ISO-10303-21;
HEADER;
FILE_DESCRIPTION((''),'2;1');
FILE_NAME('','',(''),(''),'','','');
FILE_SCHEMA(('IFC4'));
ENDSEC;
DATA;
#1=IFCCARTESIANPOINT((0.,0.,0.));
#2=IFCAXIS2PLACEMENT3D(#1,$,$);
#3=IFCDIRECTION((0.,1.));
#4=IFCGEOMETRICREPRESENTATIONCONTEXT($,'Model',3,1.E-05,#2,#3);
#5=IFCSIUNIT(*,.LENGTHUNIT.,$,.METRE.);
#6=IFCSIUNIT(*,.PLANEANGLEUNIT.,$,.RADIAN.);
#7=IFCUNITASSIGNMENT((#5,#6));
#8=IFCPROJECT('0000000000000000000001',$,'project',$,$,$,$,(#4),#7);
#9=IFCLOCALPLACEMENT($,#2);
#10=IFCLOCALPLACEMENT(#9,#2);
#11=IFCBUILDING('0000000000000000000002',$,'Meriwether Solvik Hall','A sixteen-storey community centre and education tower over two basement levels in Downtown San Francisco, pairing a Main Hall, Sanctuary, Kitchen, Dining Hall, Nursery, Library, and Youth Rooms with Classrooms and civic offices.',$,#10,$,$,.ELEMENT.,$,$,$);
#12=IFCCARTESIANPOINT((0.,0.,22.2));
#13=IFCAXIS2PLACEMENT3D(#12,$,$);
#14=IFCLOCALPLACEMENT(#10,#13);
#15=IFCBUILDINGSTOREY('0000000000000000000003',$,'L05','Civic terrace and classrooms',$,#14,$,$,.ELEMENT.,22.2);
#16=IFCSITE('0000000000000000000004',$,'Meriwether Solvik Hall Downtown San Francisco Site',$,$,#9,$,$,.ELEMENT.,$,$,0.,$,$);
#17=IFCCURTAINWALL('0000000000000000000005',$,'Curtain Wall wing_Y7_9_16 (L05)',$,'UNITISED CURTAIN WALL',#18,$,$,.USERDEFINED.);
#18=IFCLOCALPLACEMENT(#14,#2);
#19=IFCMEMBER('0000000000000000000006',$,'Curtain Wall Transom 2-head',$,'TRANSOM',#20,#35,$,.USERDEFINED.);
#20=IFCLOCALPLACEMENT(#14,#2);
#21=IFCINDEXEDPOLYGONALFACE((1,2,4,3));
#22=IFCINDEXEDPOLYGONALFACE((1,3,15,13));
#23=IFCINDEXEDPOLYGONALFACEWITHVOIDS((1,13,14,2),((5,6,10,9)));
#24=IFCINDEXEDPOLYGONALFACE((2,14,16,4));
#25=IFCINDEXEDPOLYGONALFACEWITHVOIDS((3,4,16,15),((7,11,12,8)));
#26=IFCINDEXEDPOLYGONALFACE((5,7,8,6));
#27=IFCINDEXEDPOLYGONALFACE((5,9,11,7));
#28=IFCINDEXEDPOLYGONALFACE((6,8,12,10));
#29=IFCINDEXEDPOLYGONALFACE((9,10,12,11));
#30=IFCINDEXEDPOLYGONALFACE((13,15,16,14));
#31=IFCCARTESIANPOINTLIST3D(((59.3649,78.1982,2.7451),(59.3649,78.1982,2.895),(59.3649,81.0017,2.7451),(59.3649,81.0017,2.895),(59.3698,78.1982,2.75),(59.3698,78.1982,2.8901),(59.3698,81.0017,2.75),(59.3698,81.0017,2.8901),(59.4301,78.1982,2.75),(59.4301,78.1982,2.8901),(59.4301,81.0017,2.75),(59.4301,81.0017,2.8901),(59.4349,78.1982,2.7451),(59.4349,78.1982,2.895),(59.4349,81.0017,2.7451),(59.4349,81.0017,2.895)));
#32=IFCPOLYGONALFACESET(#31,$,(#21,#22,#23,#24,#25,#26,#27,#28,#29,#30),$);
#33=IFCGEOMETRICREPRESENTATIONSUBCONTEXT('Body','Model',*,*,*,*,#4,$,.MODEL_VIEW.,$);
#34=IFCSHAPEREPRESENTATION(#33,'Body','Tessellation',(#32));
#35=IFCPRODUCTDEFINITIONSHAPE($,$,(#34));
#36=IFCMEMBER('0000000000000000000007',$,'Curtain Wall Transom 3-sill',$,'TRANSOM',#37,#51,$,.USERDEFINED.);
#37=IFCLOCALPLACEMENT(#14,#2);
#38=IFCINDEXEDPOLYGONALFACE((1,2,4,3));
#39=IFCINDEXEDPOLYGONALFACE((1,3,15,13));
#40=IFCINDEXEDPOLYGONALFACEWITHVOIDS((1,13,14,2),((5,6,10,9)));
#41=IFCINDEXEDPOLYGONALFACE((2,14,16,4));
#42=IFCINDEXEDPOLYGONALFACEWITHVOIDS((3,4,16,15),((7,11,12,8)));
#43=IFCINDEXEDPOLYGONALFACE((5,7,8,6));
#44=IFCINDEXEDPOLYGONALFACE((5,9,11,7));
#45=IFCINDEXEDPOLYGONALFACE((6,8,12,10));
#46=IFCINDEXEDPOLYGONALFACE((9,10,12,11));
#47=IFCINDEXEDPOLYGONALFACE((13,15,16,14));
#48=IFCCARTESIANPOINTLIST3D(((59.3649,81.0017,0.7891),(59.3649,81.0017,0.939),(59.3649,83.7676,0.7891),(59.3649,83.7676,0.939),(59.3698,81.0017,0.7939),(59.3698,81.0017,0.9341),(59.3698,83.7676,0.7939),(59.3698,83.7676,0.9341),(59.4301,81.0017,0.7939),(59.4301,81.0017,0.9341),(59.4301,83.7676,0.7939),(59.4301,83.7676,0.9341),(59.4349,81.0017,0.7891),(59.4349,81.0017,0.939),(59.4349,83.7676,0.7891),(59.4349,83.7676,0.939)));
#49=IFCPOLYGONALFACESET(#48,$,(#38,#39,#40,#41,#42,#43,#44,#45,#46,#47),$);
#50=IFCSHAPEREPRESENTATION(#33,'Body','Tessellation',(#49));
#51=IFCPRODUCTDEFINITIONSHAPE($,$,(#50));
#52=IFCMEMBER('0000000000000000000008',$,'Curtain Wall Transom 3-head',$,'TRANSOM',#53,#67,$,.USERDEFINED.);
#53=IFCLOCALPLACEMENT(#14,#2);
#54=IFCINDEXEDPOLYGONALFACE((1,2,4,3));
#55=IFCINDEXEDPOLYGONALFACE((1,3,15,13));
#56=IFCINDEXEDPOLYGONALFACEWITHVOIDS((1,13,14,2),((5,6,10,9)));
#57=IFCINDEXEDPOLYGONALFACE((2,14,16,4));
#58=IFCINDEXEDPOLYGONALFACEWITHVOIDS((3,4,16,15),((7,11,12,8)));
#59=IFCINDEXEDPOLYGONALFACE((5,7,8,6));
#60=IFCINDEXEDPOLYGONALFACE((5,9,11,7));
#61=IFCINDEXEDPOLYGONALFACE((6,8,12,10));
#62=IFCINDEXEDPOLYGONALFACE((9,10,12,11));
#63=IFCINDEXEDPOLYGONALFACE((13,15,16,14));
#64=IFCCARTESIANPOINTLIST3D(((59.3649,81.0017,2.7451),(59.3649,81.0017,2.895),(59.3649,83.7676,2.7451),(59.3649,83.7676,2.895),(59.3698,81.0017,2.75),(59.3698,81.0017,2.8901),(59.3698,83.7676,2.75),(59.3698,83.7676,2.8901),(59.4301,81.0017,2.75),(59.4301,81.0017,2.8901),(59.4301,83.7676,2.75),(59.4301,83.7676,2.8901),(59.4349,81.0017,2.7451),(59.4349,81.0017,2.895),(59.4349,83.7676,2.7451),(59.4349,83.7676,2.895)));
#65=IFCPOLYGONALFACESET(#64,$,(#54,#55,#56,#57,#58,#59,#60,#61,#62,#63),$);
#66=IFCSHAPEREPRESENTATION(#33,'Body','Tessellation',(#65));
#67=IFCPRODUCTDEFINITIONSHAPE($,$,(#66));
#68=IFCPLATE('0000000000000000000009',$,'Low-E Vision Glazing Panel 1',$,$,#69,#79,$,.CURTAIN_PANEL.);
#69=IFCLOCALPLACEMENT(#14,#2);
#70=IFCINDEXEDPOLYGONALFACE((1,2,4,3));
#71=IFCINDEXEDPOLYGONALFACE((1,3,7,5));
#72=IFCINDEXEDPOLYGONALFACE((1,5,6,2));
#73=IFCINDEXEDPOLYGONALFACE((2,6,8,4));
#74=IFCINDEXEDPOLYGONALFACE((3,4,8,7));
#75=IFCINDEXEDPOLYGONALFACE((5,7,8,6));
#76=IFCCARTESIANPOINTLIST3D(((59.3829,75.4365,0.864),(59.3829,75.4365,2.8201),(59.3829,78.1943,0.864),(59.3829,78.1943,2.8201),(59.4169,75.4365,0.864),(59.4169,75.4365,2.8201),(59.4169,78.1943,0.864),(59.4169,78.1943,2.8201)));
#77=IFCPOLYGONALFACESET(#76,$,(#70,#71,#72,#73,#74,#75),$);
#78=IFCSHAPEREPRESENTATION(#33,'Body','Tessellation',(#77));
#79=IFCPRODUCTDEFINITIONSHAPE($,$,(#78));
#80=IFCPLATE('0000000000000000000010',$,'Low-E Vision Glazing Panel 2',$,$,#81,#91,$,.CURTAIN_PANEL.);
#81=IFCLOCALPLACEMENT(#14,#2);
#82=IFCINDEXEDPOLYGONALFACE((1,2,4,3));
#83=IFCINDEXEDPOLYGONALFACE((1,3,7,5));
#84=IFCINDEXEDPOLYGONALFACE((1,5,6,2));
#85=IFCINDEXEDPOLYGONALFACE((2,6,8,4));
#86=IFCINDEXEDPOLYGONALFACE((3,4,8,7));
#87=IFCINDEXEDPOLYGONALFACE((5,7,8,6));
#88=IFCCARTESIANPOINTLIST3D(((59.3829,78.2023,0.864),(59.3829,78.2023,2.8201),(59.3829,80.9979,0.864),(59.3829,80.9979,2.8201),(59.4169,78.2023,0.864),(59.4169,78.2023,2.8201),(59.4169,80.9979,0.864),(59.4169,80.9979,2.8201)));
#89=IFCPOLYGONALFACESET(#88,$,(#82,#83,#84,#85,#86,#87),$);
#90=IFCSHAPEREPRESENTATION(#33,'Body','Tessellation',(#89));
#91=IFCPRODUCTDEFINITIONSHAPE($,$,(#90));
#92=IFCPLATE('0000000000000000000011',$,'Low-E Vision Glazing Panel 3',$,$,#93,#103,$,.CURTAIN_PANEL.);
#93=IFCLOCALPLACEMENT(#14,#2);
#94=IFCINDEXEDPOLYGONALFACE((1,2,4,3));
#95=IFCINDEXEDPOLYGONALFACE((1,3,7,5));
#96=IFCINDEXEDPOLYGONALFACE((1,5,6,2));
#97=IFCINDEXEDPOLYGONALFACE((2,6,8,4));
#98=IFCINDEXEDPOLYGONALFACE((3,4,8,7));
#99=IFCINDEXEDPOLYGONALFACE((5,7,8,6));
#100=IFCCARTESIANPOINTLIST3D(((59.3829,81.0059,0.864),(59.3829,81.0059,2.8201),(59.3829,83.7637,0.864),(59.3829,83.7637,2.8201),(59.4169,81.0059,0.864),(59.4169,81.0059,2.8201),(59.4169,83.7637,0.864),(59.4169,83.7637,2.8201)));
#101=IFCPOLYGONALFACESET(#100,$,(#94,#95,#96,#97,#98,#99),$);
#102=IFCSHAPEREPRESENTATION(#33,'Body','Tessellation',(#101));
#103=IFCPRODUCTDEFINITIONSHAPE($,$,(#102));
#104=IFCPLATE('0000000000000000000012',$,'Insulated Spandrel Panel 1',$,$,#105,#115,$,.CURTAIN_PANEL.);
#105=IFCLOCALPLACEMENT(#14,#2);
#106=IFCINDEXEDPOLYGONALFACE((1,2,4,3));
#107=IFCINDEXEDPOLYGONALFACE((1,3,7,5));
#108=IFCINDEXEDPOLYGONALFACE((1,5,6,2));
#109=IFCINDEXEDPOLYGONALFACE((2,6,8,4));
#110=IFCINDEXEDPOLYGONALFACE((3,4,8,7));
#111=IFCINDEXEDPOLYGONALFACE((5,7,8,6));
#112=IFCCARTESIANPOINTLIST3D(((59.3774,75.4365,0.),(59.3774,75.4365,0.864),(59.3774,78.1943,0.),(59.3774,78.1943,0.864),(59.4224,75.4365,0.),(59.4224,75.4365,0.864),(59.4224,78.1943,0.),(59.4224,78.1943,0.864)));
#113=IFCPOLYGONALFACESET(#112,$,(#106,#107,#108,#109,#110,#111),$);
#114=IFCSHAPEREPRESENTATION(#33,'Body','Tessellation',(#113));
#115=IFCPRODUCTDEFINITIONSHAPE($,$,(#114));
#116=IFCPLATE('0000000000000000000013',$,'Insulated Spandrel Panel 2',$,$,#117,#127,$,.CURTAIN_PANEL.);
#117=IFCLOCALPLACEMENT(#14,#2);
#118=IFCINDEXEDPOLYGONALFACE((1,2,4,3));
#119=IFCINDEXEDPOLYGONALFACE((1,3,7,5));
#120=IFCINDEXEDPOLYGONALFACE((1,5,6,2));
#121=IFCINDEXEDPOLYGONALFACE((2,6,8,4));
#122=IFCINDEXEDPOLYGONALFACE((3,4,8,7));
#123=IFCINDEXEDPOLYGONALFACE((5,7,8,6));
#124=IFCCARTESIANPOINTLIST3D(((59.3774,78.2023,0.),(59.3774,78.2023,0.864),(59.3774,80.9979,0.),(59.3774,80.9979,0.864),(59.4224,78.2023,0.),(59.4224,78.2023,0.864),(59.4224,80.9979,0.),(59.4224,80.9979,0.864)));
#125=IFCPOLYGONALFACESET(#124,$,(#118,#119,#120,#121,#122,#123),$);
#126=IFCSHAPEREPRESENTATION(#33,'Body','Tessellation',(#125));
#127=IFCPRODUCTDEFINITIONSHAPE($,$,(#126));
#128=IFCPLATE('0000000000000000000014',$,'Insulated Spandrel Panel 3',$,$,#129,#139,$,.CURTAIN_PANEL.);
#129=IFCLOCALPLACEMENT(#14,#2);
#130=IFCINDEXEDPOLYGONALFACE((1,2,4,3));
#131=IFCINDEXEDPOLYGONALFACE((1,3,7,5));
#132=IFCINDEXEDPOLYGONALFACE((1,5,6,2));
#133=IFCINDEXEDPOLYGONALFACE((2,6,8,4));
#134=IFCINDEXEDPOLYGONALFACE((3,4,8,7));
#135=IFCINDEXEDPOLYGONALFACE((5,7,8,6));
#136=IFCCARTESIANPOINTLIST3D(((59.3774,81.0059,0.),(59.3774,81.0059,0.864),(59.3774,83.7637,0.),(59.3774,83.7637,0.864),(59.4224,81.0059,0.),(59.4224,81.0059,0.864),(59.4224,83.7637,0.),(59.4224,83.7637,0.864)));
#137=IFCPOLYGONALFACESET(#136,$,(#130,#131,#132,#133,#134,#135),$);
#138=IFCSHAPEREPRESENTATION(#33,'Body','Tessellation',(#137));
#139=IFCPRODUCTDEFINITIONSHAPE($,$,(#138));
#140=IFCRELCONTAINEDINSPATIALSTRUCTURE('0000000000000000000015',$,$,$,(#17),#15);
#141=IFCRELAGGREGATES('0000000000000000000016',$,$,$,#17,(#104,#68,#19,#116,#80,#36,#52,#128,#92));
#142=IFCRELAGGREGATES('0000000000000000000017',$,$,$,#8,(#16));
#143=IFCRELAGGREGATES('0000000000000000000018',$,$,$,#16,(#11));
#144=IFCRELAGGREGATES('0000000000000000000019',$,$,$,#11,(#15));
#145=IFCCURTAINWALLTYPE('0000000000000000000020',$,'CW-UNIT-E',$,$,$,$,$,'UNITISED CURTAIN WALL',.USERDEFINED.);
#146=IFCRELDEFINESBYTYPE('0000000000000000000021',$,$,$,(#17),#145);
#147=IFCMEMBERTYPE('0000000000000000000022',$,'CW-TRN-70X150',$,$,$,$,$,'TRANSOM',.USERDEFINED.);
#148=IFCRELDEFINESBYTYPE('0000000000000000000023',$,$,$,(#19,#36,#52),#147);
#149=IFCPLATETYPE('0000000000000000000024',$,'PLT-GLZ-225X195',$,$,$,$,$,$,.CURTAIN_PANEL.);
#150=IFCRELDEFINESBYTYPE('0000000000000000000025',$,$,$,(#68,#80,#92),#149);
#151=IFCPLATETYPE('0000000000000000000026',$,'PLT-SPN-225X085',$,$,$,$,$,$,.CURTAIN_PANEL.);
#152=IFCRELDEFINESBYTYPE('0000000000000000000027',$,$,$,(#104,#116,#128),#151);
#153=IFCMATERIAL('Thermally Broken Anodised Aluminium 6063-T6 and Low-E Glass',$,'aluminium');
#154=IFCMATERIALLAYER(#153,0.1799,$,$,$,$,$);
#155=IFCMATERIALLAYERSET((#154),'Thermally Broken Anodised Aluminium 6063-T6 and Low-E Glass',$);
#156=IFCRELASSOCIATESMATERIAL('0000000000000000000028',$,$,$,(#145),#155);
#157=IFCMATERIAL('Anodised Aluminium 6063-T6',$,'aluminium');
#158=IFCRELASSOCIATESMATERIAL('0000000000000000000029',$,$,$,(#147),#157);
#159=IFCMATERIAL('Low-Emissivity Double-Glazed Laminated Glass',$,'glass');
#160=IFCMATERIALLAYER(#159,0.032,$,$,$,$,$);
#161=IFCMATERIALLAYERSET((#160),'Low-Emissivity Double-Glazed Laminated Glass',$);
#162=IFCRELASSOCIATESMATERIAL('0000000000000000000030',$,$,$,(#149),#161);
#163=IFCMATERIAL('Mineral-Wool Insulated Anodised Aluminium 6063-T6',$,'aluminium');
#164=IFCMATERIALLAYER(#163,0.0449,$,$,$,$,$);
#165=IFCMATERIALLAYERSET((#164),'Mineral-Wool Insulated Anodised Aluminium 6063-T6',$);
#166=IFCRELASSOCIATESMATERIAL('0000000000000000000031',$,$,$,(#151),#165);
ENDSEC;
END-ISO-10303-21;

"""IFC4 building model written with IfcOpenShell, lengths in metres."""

from ifc_helpers import new_model, si_unit, direction, frame, origin, origin_2d, place, context, subcontext, project, spatial, rectangle, hollow_rectangle, extrude, material, layer, layer_set, material_profile, profile_set, type_object, element, aggregate, save


model = new_model("IFC4")

# Units and contexts
model_context = context("Model", 3, precision=1e-05, world=origin(), true_north=direction((0.0, 1.0)))
body_context = subcontext(model_context, "Body", "Model", "MODEL_VIEW")
ifc_project = project(units=[si_unit("LENGTHUNIT", "METRE"), si_unit("PLANEANGLEUNIT", "RADIAN")], contexts=[model_context])

# Site, building, storey
site_placement = place(None, origin())
site = spatial("IfcSite", under=ifc_project, at=site_placement, Name="Meriwether Solvik Hall Downtown San Francisco Site", CompositionType="ELEMENT", RefElevation=0.0)
building_placement = place(site_placement, origin())
building = spatial("IfcBuilding", under=site, at=building_placement, Name="Meriwether Solvik Hall", Description="A sixteen-storey community centre and education tower over two basement levels in Downtown San Francisco, pairing a Main Hall, Sanctuary, Kitchen, Dining Hall, Nursery, Library, and Youth Rooms with Classrooms and civic offices.", CompositionType="ELEMENT")
storey_placement = place(building_placement, frame((0.0, 0.0, 22.2)))
storey = spatial("IfcBuildingStorey", under=building, at=storey_placement, Name="L05", Description="Civic terrace and classrooms", CompositionType="ELEMENT", Elevation=22.2)

# Curtain wall, members, plates
ifc_material_1 = material(Name="Thermally Broken Anodised Aluminium 6063-T6 and Low-E Glass", Category="aluminium")
ifc_layer_1 = layer(ifc_material_1, 0.1799)
ifc_layer_set_1 = layer_set([ifc_layer_1], Name="Thermally Broken Anodised Aluminium 6063-T6 and Low-E Glass")
curtain_wall_type = type_object("IfcCurtainWallType", Name="CW-UNIT-E", ElementType="UNITISED CURTAIN WALL", PredefinedType="USERDEFINED", material=ifc_layer_set_1)
curtain_wall_placement = place(storey_placement, origin())
curtain_wall = element("IfcCurtainWall", 1, at=curtain_wall_placement, inside=storey, type_object=curtain_wall_type, Name="Curtain Wall wing_Y7_9_16 (L05)", ObjectType="UNITISED CURTAIN WALL", PredefinedType="USERDEFINED")
ifc_material_2 = material(Name="Anodised Aluminium 6063-T6", Category="aluminium")
ifc_material_profile_1 = material_profile(ifc_material_2, hollow_rectangle(XDim=0.0701, YDim=0.1499, WallThickness=0.0049, at=origin_2d()), Name="CWT-70X150")
ifc_profile_set_1 = profile_set([ifc_material_profile_1], Name="Anodised Aluminium 6063-T6")
member_type_1 = type_object("IfcMemberType", Name="CW-TRN-70X150", ElementType="TRANSOM", PredefinedType="USERDEFINED", material=ifc_profile_set_1)
member_1_placement = place(storey_placement, frame((59.3999, 78.1982, 2.8201), z_axis=(0.0, 1.0, 0.0), x_axis=(-1.0, 0.0, 0.0)))
member_1 = element("IfcMember", 2, at=member_1_placement, type_object=member_type_1, Name="Curtain Wall Transom 2-head", ObjectType="TRANSOM", PredefinedType="USERDEFINED", context=body_context, shape_type="SweptSolid", body=[
    extrude(hollow_rectangle(XDim=0.0701, YDim=0.1499, WallThickness=0.0049, at=origin_2d()), origin(), (0.0, 0.0, 1.0), 2.8035),
])
member_2_placement = place(storey_placement, frame((59.3999, 81.0017, 0.864), z_axis=(0.0, 1.0, 0.0), x_axis=(-1.0, 0.0, 0.0)))
member_2 = element("IfcMember", 3, at=member_2_placement, type_object=member_type_1, Name="Curtain Wall Transom 3-sill", ObjectType="TRANSOM", PredefinedType="USERDEFINED", context=body_context, shape_type="SweptSolid", body=[
    extrude(hollow_rectangle(XDim=0.0701, YDim=0.1499, WallThickness=0.0049, at=origin_2d()), origin(), (0.0, 0.0, 1.0), 2.7659),
])
member_3_placement = place(storey_placement, frame((59.3999, 81.0017, 2.8201), z_axis=(0.0, 1.0, 0.0), x_axis=(-1.0, 0.0, 0.0)))
member_3 = element("IfcMember", 4, at=member_3_placement, type_object=member_type_1, Name="Curtain Wall Transom 3-head", ObjectType="TRANSOM", PredefinedType="USERDEFINED", context=body_context, shape_type="SweptSolid", body=[
    extrude(hollow_rectangle(XDim=0.0701, YDim=0.1499, WallThickness=0.0049, at=origin_2d()), origin(), (0.0, 0.0, 1.0), 2.7659),
])
ifc_material_3 = material(Name="Low-Emissivity Double-Glazed Laminated Glass", Category="glass")
ifc_layer_2 = layer(ifc_material_3, 0.032)
ifc_layer_set_2 = layer_set([ifc_layer_2], Name="Low-Emissivity Double-Glazed Laminated Glass")
plate_type_1 = type_object("IfcPlateType", Name="PLT-GLZ-225X195", PredefinedType="CURTAIN_PANEL", material=ifc_layer_set_2)
plate_1_placement = place(storey_placement, frame((59.3999, 76.8154, 0.864), z_axis=(0.0, 0.0, 1.0), x_axis=(0.0, 1.0, 0.0)))
plate_1 = element("IfcPlate", 5, at=plate_1_placement, type_object=plate_type_1, Name="Low-E Vision Glazing Panel 1", PredefinedType="CURTAIN_PANEL", context=body_context, shape_type="SweptSolid", body=[
    extrude(rectangle(XDim=2.7578, YDim=0.0339, at=origin_2d()), origin(), (0.0, 0.0, 1.0), 1.9561),
])
plate_2_placement = place(storey_placement, frame((59.3999, 79.6001, 0.864), z_axis=(0.0, 0.0, 1.0), x_axis=(0.0, 1.0, 0.0)))
plate_2 = element("IfcPlate", 6, at=plate_2_placement, type_object=plate_type_1, Name="Low-E Vision Glazing Panel 2", PredefinedType="CURTAIN_PANEL", context=body_context, shape_type="SweptSolid", body=[
    extrude(rectangle(XDim=2.7957, YDim=0.0339, at=origin_2d()), origin(), (0.0, 0.0, 1.0), 1.9561),
])
plate_3_placement = place(storey_placement, frame((59.3999, 82.3848, 0.864), z_axis=(0.0, 0.0, 1.0), x_axis=(0.0, 1.0, 0.0)))
plate_3 = element("IfcPlate", 7, at=plate_3_placement, type_object=plate_type_1, Name="Low-E Vision Glazing Panel 3", PredefinedType="CURTAIN_PANEL", context=body_context, shape_type="SweptSolid", body=[
    extrude(rectangle(XDim=2.7578, YDim=0.0339, at=origin_2d()), origin(), (0.0, 0.0, 1.0), 1.9561),
])
ifc_material_4 = material(Name="Mineral-Wool Insulated Anodised Aluminium 6063-T6", Category="aluminium")
ifc_layer_3 = layer(ifc_material_4, 0.0449)
ifc_layer_set_3 = layer_set([ifc_layer_3], Name="Mineral-Wool Insulated Anodised Aluminium 6063-T6")
plate_type_2 = type_object("IfcPlateType", Name="PLT-SPN-225X085", PredefinedType="CURTAIN_PANEL", material=ifc_layer_set_3)
plate_4_placement = place(storey_placement, frame((59.3999, 76.8154, 0.0), z_axis=(0.0, 0.0, 1.0), x_axis=(0.0, 1.0, 0.0)))
plate_4 = element("IfcPlate", 8, at=plate_4_placement, type_object=plate_type_2, Name="Insulated Spandrel Panel 1", PredefinedType="CURTAIN_PANEL", context=body_context, shape_type="SweptSolid", body=[
    extrude(rectangle(XDim=2.7578, YDim=0.0449, at=origin_2d()), origin(), (0.0, 0.0, 1.0), 0.864),
])
plate_5_placement = place(storey_placement, frame((59.3999, 79.6001, 0.0), z_axis=(0.0, 0.0, 1.0), x_axis=(0.0, 1.0, 0.0)))
plate_5 = element("IfcPlate", 9, at=plate_5_placement, type_object=plate_type_2, Name="Insulated Spandrel Panel 2", PredefinedType="CURTAIN_PANEL", context=body_context, shape_type="SweptSolid", body=[
    extrude(rectangle(XDim=2.7957, YDim=0.0449, at=origin_2d()), origin(), (0.0, 0.0, 1.0), 0.864),
])
plate_6_placement = place(storey_placement, frame((59.3999, 82.3848, 0.0), z_axis=(0.0, 0.0, 1.0), x_axis=(0.0, 1.0, 0.0)))
plate_6 = element("IfcPlate", 10, at=plate_6_placement, type_object=plate_type_2, Name="Insulated Spandrel Panel 3", PredefinedType="CURTAIN_PANEL", context=body_context, shape_type="SweptSolid", body=[
    extrude(rectangle(XDim=2.7578, YDim=0.0449, at=origin_2d()), origin(), (0.0, 0.0, 1.0), 0.864),
])
aggregate(curtain_wall, [plate_4, plate_1, member_1, plate_5, plate_2, member_2, member_3, plate_6, plate_3])

save(model, "model.ifc")
